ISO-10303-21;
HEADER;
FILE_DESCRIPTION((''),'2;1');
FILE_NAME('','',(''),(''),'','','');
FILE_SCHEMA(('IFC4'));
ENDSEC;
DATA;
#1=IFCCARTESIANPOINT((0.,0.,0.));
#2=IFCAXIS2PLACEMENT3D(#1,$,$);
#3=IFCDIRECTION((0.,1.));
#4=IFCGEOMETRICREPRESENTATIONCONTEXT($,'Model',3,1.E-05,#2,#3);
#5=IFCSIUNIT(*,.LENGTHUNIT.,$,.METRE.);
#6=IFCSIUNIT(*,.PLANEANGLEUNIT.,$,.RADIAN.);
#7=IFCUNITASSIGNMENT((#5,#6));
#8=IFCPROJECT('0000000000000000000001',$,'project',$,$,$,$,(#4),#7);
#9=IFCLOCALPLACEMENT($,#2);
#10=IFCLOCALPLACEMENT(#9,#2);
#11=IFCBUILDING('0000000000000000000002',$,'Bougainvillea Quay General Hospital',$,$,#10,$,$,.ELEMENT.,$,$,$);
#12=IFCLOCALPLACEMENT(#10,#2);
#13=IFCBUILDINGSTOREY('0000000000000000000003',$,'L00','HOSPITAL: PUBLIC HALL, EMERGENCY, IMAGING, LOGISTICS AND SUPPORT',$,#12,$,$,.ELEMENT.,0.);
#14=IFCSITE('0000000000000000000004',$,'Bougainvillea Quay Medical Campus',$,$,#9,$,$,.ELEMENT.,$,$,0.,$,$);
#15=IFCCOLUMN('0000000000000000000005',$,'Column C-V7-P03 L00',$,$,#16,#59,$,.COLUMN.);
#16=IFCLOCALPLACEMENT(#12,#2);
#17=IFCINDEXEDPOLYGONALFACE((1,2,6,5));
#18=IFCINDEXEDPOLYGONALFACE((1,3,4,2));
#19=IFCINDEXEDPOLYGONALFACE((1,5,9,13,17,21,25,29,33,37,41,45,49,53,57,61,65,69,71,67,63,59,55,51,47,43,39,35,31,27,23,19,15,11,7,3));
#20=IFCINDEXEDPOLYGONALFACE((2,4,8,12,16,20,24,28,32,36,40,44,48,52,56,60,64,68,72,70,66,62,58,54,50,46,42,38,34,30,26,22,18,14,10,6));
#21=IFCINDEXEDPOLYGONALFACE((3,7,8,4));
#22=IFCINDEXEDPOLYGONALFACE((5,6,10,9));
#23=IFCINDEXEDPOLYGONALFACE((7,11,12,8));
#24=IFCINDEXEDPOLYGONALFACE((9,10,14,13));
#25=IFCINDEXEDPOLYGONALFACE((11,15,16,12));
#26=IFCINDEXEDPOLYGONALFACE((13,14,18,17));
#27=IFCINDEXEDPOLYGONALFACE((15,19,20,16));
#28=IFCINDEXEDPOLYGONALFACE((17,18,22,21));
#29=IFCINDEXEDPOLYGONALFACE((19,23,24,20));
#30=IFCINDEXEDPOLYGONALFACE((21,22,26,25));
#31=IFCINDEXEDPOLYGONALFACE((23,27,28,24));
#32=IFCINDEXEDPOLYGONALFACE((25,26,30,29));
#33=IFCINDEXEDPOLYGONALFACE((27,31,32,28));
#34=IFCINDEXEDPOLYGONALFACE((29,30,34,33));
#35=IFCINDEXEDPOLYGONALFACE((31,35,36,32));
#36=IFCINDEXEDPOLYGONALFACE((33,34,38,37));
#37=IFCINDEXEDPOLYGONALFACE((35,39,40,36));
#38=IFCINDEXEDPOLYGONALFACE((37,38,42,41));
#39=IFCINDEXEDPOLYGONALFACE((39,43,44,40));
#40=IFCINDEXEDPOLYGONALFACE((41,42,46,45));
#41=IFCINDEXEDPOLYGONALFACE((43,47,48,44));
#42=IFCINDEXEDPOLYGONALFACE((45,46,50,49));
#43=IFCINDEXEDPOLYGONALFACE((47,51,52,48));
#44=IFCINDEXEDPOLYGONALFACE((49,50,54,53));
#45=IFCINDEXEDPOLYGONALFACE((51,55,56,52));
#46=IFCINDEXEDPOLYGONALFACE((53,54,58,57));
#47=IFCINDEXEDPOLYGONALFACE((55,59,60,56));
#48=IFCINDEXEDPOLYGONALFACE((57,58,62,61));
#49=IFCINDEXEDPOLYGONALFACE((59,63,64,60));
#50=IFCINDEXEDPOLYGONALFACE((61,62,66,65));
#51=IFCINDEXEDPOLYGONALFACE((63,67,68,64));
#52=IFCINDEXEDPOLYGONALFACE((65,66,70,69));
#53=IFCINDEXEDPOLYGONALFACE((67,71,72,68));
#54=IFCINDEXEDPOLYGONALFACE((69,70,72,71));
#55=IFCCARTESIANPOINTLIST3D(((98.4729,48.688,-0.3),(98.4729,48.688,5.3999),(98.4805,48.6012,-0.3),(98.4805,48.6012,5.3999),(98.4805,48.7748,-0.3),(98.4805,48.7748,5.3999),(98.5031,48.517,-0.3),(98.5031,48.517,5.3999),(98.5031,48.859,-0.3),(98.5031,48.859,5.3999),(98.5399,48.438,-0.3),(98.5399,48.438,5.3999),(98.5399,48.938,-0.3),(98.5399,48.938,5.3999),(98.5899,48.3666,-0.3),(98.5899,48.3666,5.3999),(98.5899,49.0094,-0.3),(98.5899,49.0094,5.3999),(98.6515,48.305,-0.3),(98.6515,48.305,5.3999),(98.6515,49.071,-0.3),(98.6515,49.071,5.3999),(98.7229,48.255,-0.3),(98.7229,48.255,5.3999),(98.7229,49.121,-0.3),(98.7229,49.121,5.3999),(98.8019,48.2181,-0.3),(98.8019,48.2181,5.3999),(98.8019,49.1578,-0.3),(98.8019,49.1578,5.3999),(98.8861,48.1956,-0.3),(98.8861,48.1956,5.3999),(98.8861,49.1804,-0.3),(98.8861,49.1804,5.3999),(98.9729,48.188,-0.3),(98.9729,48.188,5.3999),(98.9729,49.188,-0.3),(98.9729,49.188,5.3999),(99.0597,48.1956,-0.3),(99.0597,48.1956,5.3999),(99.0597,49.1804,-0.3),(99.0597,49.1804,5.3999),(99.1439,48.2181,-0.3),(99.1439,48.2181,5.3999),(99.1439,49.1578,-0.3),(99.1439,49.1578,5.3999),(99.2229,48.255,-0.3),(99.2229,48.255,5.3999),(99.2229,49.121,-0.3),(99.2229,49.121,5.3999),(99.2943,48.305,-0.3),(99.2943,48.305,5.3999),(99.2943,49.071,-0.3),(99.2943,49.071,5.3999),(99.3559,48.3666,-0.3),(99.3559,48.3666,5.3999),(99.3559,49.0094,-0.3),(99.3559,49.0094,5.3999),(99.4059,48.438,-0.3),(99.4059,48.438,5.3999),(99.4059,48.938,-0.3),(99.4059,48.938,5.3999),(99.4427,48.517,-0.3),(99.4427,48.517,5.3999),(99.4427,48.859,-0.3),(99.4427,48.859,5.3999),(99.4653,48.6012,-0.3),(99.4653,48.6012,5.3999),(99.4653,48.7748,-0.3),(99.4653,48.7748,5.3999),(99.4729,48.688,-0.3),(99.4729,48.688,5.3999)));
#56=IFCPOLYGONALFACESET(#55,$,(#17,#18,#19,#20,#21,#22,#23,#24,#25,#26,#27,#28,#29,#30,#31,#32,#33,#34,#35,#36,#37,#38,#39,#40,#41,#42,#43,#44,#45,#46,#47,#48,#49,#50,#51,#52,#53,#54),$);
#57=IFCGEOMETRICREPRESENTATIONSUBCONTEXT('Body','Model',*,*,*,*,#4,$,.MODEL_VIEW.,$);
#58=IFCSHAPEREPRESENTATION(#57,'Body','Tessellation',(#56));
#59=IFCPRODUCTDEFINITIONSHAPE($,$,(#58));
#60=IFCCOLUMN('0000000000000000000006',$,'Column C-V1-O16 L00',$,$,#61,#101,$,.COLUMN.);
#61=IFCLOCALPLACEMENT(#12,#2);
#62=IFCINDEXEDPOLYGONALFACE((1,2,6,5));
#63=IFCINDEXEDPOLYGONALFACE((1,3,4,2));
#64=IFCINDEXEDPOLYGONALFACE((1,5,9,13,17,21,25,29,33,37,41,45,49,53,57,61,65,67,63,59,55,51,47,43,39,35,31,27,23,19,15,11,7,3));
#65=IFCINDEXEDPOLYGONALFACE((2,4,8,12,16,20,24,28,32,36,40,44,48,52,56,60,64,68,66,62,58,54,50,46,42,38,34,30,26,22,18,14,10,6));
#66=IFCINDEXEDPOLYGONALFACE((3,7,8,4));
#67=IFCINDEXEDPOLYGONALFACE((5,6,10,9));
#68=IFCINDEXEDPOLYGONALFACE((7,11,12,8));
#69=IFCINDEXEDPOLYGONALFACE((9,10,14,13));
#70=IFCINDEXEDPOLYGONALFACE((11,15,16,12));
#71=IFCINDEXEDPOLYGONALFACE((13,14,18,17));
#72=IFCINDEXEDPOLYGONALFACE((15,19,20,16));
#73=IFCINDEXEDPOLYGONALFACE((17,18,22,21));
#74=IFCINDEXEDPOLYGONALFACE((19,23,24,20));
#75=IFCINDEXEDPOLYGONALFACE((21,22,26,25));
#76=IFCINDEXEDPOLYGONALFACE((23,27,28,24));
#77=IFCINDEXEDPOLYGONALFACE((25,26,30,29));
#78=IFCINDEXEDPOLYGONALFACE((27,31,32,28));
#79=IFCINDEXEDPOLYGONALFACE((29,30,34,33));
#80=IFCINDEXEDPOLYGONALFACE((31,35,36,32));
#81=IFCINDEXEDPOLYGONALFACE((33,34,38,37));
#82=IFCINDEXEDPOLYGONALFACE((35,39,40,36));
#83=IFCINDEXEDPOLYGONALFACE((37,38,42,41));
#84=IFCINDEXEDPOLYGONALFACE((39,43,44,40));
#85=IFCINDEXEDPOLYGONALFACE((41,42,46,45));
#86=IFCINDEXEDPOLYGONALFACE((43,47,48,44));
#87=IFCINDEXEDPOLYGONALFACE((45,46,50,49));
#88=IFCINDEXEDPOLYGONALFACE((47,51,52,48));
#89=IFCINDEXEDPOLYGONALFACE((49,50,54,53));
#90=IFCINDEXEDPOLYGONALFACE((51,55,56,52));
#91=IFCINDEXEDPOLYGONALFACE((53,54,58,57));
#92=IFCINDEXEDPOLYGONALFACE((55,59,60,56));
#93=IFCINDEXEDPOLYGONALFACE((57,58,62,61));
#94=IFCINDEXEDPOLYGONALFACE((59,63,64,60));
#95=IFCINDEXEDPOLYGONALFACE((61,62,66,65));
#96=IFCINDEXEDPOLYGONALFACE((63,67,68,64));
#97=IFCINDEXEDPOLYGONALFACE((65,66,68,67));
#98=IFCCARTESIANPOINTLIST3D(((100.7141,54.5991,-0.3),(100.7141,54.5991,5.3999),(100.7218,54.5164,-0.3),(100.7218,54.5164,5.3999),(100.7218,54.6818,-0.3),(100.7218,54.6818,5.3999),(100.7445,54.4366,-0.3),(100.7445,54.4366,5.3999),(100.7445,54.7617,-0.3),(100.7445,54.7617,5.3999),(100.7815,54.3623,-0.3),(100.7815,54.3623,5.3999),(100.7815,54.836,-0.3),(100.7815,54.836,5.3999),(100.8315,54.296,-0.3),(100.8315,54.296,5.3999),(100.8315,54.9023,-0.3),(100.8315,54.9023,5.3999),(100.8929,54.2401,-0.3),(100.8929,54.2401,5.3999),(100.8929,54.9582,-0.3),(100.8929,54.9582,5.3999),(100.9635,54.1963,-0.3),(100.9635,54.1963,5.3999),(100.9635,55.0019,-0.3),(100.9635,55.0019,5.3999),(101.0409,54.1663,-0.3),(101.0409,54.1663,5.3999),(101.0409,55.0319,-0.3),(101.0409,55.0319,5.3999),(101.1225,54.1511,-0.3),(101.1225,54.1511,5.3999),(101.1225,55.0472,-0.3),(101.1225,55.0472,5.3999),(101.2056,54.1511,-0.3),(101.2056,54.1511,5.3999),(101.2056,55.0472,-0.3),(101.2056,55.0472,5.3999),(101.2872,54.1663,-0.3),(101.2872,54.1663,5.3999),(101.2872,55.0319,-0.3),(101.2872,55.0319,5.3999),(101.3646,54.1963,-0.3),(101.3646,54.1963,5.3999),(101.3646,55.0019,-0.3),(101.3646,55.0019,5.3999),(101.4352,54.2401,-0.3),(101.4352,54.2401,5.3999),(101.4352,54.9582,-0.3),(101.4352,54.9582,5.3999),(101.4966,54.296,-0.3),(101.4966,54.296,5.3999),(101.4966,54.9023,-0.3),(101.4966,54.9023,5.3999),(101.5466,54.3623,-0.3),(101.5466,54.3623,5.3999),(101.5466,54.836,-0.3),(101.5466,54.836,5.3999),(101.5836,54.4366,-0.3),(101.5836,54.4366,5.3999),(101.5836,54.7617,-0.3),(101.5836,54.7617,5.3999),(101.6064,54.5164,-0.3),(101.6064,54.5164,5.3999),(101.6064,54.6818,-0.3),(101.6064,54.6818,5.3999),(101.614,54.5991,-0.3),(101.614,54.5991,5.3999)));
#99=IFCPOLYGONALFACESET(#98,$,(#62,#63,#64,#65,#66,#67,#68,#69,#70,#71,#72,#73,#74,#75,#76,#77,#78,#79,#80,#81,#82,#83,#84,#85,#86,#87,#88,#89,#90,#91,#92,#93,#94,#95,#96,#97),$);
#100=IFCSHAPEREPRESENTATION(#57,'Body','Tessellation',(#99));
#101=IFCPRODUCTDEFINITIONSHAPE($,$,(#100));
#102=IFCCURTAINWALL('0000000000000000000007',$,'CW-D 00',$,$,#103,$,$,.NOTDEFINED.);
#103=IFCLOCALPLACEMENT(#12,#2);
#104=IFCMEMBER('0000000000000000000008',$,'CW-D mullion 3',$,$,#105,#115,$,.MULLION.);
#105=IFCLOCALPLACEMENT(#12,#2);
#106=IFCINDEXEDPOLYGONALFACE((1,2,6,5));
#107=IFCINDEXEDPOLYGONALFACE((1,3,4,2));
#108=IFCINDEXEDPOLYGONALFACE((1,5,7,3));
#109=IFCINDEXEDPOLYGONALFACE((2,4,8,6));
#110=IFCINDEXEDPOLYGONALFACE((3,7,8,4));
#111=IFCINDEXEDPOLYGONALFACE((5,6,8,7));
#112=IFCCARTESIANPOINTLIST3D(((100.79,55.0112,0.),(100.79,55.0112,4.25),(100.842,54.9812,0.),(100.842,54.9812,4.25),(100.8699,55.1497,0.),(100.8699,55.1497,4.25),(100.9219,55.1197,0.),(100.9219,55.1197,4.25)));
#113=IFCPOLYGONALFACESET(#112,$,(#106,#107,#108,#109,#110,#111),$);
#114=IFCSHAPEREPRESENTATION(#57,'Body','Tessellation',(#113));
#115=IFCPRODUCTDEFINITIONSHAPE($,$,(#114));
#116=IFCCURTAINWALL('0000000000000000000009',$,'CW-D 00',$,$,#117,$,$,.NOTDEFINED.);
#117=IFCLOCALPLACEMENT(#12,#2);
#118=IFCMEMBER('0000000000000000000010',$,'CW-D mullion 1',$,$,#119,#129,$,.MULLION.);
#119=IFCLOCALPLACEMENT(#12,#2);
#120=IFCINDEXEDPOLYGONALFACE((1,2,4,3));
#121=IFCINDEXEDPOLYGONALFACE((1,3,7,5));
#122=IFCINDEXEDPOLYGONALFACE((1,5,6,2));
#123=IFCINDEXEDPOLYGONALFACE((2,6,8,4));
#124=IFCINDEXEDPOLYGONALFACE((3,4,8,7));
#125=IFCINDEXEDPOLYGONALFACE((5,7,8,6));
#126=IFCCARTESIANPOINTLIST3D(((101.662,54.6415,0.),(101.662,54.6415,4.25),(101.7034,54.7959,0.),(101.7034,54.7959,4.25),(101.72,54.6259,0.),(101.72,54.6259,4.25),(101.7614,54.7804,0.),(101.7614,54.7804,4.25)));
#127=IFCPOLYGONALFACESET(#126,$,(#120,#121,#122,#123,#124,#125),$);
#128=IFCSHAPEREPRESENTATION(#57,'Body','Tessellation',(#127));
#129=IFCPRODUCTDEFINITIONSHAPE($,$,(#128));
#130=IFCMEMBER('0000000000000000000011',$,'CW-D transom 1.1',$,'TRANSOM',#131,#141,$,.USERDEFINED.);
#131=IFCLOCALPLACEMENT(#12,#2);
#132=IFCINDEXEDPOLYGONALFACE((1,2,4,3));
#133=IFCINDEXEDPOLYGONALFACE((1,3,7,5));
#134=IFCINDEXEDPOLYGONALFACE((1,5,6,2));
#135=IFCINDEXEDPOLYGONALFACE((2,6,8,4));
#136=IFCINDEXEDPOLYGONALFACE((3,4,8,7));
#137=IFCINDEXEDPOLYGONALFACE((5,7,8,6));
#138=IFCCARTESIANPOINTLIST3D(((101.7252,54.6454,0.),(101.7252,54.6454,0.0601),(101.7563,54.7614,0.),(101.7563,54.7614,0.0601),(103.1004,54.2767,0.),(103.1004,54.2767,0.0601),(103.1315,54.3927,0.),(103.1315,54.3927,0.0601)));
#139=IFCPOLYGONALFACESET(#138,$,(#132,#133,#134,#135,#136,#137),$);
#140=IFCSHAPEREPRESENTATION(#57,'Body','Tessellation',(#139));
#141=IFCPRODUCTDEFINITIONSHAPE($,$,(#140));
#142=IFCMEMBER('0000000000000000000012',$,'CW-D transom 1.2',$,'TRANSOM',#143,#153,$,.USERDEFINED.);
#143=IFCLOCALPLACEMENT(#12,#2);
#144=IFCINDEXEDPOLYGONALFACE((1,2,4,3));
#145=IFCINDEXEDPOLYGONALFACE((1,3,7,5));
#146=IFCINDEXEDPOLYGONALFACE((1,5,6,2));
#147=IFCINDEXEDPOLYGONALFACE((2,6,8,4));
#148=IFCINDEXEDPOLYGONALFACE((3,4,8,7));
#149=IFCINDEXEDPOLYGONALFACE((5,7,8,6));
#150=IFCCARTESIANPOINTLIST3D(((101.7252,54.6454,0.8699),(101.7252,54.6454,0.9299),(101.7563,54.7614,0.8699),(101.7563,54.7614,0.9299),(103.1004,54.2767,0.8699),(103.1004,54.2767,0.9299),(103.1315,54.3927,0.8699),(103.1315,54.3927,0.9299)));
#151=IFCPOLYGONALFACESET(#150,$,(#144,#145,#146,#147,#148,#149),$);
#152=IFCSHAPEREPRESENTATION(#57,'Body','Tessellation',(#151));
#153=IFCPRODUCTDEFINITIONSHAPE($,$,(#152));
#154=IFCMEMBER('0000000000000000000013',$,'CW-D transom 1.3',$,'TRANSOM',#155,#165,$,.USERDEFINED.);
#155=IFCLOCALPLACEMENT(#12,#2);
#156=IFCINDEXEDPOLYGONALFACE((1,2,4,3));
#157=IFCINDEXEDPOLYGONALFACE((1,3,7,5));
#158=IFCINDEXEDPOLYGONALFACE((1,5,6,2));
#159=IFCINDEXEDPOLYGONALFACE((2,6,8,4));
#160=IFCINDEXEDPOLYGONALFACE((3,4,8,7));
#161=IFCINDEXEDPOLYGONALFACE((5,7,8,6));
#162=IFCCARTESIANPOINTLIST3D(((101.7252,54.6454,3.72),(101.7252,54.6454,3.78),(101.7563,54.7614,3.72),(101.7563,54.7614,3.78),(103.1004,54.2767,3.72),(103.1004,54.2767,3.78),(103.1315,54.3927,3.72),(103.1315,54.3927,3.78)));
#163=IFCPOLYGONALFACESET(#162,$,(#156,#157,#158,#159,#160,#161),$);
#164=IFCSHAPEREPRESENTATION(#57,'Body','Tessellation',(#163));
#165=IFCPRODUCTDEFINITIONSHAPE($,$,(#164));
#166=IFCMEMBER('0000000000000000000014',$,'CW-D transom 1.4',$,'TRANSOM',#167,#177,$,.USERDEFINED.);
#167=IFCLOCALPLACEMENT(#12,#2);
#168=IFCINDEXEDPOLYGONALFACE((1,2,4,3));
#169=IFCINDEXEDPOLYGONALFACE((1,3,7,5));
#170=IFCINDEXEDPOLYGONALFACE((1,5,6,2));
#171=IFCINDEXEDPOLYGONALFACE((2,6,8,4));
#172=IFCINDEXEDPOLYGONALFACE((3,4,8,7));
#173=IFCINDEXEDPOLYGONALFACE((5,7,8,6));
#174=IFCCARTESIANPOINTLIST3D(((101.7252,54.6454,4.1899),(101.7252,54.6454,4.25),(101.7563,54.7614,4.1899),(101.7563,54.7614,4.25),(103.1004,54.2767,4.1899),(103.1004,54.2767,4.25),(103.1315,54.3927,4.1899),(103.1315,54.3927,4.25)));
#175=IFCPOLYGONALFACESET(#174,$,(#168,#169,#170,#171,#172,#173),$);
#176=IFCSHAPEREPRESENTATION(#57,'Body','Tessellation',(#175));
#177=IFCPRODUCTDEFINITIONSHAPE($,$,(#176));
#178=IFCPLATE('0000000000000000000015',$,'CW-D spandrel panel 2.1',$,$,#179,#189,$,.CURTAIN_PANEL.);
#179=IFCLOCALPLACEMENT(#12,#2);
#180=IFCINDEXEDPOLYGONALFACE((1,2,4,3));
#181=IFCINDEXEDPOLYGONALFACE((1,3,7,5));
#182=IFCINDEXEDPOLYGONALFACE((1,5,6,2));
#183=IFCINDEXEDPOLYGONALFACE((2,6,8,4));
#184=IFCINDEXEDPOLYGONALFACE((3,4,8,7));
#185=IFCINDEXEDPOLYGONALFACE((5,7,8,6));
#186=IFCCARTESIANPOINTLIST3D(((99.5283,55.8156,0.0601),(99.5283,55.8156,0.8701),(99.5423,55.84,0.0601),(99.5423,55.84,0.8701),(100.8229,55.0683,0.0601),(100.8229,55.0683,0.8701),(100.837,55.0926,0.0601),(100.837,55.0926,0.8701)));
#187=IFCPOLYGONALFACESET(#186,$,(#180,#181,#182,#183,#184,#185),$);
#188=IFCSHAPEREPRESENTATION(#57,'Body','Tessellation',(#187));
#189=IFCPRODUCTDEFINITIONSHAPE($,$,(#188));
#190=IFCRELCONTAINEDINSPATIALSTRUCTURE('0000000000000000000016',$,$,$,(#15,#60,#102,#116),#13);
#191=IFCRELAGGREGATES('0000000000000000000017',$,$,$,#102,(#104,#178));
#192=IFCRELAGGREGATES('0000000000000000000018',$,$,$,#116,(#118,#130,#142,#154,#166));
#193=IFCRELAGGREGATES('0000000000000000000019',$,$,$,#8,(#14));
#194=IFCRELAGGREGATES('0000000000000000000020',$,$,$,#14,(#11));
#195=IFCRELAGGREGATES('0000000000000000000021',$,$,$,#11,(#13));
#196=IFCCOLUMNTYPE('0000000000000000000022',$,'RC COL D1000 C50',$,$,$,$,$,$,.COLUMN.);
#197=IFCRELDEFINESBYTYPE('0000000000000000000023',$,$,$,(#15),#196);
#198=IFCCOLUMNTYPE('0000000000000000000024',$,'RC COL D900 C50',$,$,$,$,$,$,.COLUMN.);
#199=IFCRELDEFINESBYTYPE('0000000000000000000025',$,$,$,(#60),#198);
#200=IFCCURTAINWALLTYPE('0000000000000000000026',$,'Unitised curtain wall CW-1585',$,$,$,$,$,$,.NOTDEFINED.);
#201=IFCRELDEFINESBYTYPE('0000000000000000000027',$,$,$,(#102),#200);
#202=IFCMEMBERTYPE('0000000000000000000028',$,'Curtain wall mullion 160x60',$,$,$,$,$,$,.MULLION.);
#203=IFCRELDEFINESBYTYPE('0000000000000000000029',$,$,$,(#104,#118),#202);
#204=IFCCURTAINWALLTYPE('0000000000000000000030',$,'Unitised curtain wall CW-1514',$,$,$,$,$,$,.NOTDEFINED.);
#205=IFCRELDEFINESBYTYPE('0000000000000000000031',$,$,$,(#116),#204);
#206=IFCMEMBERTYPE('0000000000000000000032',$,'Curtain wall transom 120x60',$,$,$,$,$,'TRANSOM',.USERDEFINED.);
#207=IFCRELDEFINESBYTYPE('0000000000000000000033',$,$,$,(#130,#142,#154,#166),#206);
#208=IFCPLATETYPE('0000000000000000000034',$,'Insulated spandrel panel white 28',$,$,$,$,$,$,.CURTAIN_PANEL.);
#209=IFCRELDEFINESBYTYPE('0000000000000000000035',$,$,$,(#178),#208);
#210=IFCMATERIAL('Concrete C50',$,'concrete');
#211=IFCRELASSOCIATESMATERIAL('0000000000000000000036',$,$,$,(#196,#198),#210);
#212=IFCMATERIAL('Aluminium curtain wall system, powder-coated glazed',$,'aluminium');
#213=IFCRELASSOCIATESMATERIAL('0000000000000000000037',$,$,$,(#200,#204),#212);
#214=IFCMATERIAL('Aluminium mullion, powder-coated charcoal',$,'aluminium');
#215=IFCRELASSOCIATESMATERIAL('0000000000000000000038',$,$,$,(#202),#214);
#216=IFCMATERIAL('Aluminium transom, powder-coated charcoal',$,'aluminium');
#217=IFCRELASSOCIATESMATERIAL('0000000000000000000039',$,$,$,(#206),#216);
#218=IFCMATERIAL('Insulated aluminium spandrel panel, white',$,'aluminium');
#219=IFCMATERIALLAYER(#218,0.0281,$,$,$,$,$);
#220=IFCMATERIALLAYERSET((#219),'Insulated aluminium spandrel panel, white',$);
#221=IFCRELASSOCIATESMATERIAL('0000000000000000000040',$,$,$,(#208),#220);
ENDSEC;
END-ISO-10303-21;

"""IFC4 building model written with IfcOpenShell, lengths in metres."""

from ifc_helpers import new_model, si_unit, direction, frame, origin, origin_2d, place, context, subcontext, project, spatial, rectangle, circle, extrude, material, layer, layer_set, material_profile, profile_set, type_object, element, aggregate, save


model = new_model("IFC4")

# Units and contexts
model_context = context("Model", 3, precision=1e-05, world=origin(), true_north=direction((0.0, 1.0)))
body_context = subcontext(model_context, "Body", "Model", "MODEL_VIEW")
ifc_project = project(units=[si_unit("LENGTHUNIT", "METRE"), si_unit("PLANEANGLEUNIT", "RADIAN")], contexts=[model_context])

# Site, building, storey
site_placement = place(None, origin())
site = spatial("IfcSite", under=ifc_project, at=site_placement, Name="Bougainvillea Quay Medical Campus", CompositionType="ELEMENT", RefElevation=0.0)
building_placement = place(site_placement, origin())
building = spatial("IfcBuilding", under=site, at=building_placement, Name="Bougainvillea Quay General Hospital", CompositionType="ELEMENT")
storey_placement = place(building_placement, origin())
storey = spatial("IfcBuildingStorey", under=building, at=storey_placement, Name="L00", Description="HOSPITAL: PUBLIC HALL, EMERGENCY, IMAGING, LOGISTICS AND SUPPORT", CompositionType="ELEMENT", Elevation=0.0)

# Columns
ifc_material_1 = material(Name="Concrete C50", Category="concrete")
ifc_material_profile_1 = material_profile(ifc_material_1, circle(Radius=0.5, at=origin_2d()))
ifc_profile_set_1 = profile_set([ifc_material_profile_1], Name="Concrete C50")
column_type_1 = type_object("IfcColumnType", Name="RC COL D1000 C50", PredefinedType="COLUMN", material=ifc_profile_set_1)
for number, where, z_axis, x_axis, name in (
    (1, (98.9729, 48.688, -0.3), (0.0, 0.0, 1.0), (1.0, 0.0, 0.0), "Column C-V7-P03 L00"),
):
    element("IfcColumn", number, at=place(storey_placement, frame(where, z_axis=z_axis, x_axis=x_axis)), inside=storey, type_object=column_type_1, Name=name, PredefinedType="COLUMN", context=body_context, shape_type="SweptSolid", body=[
        extrude(circle(Radius=0.5, at=origin_2d()), origin(), (0.0, 0.0, 1.0), 5.7),
    ])
ifc_material_profile_2 = material_profile(ifc_material_1, circle(Radius=0.45, at=origin_2d()))
ifc_profile_set_2 = profile_set([ifc_material_profile_2], Name="Concrete C50")
column_type_2 = type_object("IfcColumnType", Name="RC COL D900 C50", PredefinedType="COLUMN", material=ifc_profile_set_2)
column_placement = place(storey_placement, frame((101.1641, 54.5991, -0.3), z_axis=(0.0, 0.0, 1.0), x_axis=(1.0, 0.0, 0.0)))
element("IfcColumn", 2, at=column_placement, inside=storey, type_object=column_type_2, Name="Column C-V1-O16 L00", PredefinedType="COLUMN", context=body_context, shape_type="SweptSolid", body=[
    extrude(circle(Radius=0.45, at=origin_2d()), origin(), (0.0, 0.0, 1.0), 5.7),
])

# Curtain wall, member
ifc_material_2 = material(Name="Aluminium curtain wall system, powder-coated glazed", Category="aluminium")
curtain_wall_type_1 = type_object("IfcCurtainWallType", Name="Unitised curtain wall CW-1585", PredefinedType="NOTDEFINED", material=ifc_material_2)
curtain_wall_1_placement = place(storey_placement, origin())
curtain_wall_1 = element("IfcCurtainWall", 3, at=curtain_wall_1_placement, inside=storey, type_object=curtain_wall_type_1, Name="CW-D 00", PredefinedType="NOTDEFINED")
ifc_material_3 = material(Name="Aluminium mullion, powder-coated charcoal", Category="aluminium")
ifc_material_profile_3 = material_profile(ifc_material_3, rectangle(XDim=0.1599, YDim=0.0601, at=origin_2d()))
ifc_profile_set_3 = profile_set([ifc_material_profile_3], Name="Aluminium mullion, powder-coated charcoal")
member_type_1 = type_object("IfcMemberType", Name="Curtain wall mullion 160x60", PredefinedType="MULLION", material=ifc_profile_set_3)
member_1_placement = place(storey_placement, frame((100.856, 55.0654, 0.0), z_axis=(0.0, 0.0, 1.0), x_axis=(0.499965, 0.866046, 0.0)))
member_1 = element("IfcMember", 4, at=member_1_placement, type_object=member_type_1, Name="CW-D mullion 3", PredefinedType="MULLION", context=body_context, shape_type="SweptSolid", body=[
    extrude(rectangle(XDim=0.1599, YDim=0.0601, at=origin_2d()), origin(), (0.0, 0.0, 1.0), 4.25),
])

# Curtain wall, members
curtain_wall_type_2 = type_object("IfcCurtainWallType", Name="Unitised curtain wall CW-1514", PredefinedType="NOTDEFINED", material=ifc_material_2)
curtain_wall_2_placement = place(storey_placement, origin())
curtain_wall_2 = element("IfcCurtainWall", 5, at=curtain_wall_2_placement, inside=storey, type_object=curtain_wall_type_2, Name="CW-D 00", PredefinedType="NOTDEFINED")
member_2_placement = place(storey_placement, frame((101.7117, 54.7109, 0.0), z_axis=(0.0, 0.0, 1.0), x_axis=(0.258855, 0.965916, 0.0)))
member_2 = element("IfcMember", 6, at=member_2_placement, type_object=member_type_1, Name="CW-D mullion 1", PredefinedType="MULLION", context=body_context, shape_type="SweptSolid", body=[
    extrude(rectangle(XDim=0.1599, YDim=0.0601, at=origin_2d()), origin(), (0.0, 0.0, 1.0), 4.25),
])
ifc_material_4 = material(Name="Aluminium transom, powder-coated charcoal", Category="aluminium")
ifc_material_profile_4 = material_profile(ifc_material_4, rectangle(XDim=0.1201, YDim=0.0601, at=origin_2d()))
ifc_profile_set_4 = profile_set([ifc_material_profile_4], Name="Aluminium transom, powder-coated charcoal")
member_type_2 = type_object("IfcMemberType", Name="Curtain wall transom 120x60", ElementType="TRANSOM", PredefinedType="USERDEFINED", material=ifc_profile_set_4)
member_3_placement = place(storey_placement, frame((101.7407, 54.7034, 0.03), z_axis=(0.965898, -0.258922, 0.0), x_axis=(0.258922, 0.965898, 0.0)))
member_3 = element("IfcMember", 7, at=member_3_placement, type_object=member_type_2, Name="CW-D transom 1.1", ObjectType="TRANSOM", PredefinedType="USERDEFINED", context=body_context, shape_type="SweptSolid", body=[
    extrude(rectangle(XDim=0.1201, YDim=0.0601, at=origin_2d()), origin(), (0.0, 0.0, 1.0), 1.4238),
])
member_4_placement = place(storey_placement, frame((101.7407, 54.7034, 0.8999), z_axis=(0.965898, -0.258922, 0.0), x_axis=(0.258922, 0.965898, 0.0)))
member_4 = element("IfcMember", 8, at=member_4_placement, type_object=member_type_2, Name="CW-D transom 1.2", ObjectType="TRANSOM", PredefinedType="USERDEFINED", context=body_context, shape_type="SweptSolid", body=[
    extrude(rectangle(XDim=0.1201, YDim=0.0601, at=origin_2d()), origin(), (0.0, 0.0, 1.0), 1.4238),
])
member_5_placement = place(storey_placement, frame((101.7407, 54.7034, 3.75), z_axis=(0.965898, -0.258922, 0.0), x_axis=(0.258922, 0.965898, 0.0)))
member_5 = element("IfcMember", 9, at=member_5_placement, type_object=member_type_2, Name="CW-D transom 1.3", ObjectType="TRANSOM", PredefinedType="USERDEFINED", context=body_context, shape_type="SweptSolid", body=[
    extrude(rectangle(XDim=0.1201, YDim=0.0601, at=origin_2d()), origin(), (0.0, 0.0, 1.0), 1.4238),
])
member_6_placement = place(storey_placement, frame((101.7407, 54.7034, 4.22), z_axis=(0.965898, -0.258922, 0.0), x_axis=(0.258922, 0.965898, 0.0)))
member_6 = element("IfcMember", 10, at=member_6_placement, type_object=member_type_2, Name="CW-D transom 1.4", ObjectType="TRANSOM", PredefinedType="USERDEFINED", context=body_context, shape_type="SweptSolid", body=[
    extrude(rectangle(XDim=0.1201, YDim=0.0601, at=origin_2d()), origin(), (0.0, 0.0, 1.0), 1.4238),
])

# Plate
ifc_material_5 = material(Name="Insulated aluminium spandrel panel, white", Category="aluminium")
ifc_layer_1 = layer(ifc_material_5, 0.0281)
ifc_layer_set_1 = layer_set([ifc_layer_1], Name="Insulated aluminium spandrel panel, white")
plate_type_1 = type_object("IfcPlateType", Name="Insulated spandrel panel white 28", PredefinedType="CURTAIN_PANEL", material=ifc_layer_set_1)
plate_1_placement = place(storey_placement, frame((100.1826, 55.4541, 0.0601), z_axis=(0.0, 0.0, 1.0), x_axis=(0.866046, -0.499965, 0.0)))
plate_1 = element("IfcPlate", 11, at=plate_1_placement, type_object=plate_type_1, Name="CW-D spandrel panel 2.1", PredefinedType="CURTAIN_PANEL", context=body_context, shape_type="SweptSolid", body=[
    extrude(rectangle(XDim=1.4949, YDim=0.0281, at=origin_2d()), origin(), (0.0, 0.0, 1.0), 0.8101),
])
aggregate(curtain_wall_1, [member_1, plate_1])
aggregate(curtain_wall_2, [member_2, member_3, member_4, member_5, member_6])

save(model, "model.ifc")
